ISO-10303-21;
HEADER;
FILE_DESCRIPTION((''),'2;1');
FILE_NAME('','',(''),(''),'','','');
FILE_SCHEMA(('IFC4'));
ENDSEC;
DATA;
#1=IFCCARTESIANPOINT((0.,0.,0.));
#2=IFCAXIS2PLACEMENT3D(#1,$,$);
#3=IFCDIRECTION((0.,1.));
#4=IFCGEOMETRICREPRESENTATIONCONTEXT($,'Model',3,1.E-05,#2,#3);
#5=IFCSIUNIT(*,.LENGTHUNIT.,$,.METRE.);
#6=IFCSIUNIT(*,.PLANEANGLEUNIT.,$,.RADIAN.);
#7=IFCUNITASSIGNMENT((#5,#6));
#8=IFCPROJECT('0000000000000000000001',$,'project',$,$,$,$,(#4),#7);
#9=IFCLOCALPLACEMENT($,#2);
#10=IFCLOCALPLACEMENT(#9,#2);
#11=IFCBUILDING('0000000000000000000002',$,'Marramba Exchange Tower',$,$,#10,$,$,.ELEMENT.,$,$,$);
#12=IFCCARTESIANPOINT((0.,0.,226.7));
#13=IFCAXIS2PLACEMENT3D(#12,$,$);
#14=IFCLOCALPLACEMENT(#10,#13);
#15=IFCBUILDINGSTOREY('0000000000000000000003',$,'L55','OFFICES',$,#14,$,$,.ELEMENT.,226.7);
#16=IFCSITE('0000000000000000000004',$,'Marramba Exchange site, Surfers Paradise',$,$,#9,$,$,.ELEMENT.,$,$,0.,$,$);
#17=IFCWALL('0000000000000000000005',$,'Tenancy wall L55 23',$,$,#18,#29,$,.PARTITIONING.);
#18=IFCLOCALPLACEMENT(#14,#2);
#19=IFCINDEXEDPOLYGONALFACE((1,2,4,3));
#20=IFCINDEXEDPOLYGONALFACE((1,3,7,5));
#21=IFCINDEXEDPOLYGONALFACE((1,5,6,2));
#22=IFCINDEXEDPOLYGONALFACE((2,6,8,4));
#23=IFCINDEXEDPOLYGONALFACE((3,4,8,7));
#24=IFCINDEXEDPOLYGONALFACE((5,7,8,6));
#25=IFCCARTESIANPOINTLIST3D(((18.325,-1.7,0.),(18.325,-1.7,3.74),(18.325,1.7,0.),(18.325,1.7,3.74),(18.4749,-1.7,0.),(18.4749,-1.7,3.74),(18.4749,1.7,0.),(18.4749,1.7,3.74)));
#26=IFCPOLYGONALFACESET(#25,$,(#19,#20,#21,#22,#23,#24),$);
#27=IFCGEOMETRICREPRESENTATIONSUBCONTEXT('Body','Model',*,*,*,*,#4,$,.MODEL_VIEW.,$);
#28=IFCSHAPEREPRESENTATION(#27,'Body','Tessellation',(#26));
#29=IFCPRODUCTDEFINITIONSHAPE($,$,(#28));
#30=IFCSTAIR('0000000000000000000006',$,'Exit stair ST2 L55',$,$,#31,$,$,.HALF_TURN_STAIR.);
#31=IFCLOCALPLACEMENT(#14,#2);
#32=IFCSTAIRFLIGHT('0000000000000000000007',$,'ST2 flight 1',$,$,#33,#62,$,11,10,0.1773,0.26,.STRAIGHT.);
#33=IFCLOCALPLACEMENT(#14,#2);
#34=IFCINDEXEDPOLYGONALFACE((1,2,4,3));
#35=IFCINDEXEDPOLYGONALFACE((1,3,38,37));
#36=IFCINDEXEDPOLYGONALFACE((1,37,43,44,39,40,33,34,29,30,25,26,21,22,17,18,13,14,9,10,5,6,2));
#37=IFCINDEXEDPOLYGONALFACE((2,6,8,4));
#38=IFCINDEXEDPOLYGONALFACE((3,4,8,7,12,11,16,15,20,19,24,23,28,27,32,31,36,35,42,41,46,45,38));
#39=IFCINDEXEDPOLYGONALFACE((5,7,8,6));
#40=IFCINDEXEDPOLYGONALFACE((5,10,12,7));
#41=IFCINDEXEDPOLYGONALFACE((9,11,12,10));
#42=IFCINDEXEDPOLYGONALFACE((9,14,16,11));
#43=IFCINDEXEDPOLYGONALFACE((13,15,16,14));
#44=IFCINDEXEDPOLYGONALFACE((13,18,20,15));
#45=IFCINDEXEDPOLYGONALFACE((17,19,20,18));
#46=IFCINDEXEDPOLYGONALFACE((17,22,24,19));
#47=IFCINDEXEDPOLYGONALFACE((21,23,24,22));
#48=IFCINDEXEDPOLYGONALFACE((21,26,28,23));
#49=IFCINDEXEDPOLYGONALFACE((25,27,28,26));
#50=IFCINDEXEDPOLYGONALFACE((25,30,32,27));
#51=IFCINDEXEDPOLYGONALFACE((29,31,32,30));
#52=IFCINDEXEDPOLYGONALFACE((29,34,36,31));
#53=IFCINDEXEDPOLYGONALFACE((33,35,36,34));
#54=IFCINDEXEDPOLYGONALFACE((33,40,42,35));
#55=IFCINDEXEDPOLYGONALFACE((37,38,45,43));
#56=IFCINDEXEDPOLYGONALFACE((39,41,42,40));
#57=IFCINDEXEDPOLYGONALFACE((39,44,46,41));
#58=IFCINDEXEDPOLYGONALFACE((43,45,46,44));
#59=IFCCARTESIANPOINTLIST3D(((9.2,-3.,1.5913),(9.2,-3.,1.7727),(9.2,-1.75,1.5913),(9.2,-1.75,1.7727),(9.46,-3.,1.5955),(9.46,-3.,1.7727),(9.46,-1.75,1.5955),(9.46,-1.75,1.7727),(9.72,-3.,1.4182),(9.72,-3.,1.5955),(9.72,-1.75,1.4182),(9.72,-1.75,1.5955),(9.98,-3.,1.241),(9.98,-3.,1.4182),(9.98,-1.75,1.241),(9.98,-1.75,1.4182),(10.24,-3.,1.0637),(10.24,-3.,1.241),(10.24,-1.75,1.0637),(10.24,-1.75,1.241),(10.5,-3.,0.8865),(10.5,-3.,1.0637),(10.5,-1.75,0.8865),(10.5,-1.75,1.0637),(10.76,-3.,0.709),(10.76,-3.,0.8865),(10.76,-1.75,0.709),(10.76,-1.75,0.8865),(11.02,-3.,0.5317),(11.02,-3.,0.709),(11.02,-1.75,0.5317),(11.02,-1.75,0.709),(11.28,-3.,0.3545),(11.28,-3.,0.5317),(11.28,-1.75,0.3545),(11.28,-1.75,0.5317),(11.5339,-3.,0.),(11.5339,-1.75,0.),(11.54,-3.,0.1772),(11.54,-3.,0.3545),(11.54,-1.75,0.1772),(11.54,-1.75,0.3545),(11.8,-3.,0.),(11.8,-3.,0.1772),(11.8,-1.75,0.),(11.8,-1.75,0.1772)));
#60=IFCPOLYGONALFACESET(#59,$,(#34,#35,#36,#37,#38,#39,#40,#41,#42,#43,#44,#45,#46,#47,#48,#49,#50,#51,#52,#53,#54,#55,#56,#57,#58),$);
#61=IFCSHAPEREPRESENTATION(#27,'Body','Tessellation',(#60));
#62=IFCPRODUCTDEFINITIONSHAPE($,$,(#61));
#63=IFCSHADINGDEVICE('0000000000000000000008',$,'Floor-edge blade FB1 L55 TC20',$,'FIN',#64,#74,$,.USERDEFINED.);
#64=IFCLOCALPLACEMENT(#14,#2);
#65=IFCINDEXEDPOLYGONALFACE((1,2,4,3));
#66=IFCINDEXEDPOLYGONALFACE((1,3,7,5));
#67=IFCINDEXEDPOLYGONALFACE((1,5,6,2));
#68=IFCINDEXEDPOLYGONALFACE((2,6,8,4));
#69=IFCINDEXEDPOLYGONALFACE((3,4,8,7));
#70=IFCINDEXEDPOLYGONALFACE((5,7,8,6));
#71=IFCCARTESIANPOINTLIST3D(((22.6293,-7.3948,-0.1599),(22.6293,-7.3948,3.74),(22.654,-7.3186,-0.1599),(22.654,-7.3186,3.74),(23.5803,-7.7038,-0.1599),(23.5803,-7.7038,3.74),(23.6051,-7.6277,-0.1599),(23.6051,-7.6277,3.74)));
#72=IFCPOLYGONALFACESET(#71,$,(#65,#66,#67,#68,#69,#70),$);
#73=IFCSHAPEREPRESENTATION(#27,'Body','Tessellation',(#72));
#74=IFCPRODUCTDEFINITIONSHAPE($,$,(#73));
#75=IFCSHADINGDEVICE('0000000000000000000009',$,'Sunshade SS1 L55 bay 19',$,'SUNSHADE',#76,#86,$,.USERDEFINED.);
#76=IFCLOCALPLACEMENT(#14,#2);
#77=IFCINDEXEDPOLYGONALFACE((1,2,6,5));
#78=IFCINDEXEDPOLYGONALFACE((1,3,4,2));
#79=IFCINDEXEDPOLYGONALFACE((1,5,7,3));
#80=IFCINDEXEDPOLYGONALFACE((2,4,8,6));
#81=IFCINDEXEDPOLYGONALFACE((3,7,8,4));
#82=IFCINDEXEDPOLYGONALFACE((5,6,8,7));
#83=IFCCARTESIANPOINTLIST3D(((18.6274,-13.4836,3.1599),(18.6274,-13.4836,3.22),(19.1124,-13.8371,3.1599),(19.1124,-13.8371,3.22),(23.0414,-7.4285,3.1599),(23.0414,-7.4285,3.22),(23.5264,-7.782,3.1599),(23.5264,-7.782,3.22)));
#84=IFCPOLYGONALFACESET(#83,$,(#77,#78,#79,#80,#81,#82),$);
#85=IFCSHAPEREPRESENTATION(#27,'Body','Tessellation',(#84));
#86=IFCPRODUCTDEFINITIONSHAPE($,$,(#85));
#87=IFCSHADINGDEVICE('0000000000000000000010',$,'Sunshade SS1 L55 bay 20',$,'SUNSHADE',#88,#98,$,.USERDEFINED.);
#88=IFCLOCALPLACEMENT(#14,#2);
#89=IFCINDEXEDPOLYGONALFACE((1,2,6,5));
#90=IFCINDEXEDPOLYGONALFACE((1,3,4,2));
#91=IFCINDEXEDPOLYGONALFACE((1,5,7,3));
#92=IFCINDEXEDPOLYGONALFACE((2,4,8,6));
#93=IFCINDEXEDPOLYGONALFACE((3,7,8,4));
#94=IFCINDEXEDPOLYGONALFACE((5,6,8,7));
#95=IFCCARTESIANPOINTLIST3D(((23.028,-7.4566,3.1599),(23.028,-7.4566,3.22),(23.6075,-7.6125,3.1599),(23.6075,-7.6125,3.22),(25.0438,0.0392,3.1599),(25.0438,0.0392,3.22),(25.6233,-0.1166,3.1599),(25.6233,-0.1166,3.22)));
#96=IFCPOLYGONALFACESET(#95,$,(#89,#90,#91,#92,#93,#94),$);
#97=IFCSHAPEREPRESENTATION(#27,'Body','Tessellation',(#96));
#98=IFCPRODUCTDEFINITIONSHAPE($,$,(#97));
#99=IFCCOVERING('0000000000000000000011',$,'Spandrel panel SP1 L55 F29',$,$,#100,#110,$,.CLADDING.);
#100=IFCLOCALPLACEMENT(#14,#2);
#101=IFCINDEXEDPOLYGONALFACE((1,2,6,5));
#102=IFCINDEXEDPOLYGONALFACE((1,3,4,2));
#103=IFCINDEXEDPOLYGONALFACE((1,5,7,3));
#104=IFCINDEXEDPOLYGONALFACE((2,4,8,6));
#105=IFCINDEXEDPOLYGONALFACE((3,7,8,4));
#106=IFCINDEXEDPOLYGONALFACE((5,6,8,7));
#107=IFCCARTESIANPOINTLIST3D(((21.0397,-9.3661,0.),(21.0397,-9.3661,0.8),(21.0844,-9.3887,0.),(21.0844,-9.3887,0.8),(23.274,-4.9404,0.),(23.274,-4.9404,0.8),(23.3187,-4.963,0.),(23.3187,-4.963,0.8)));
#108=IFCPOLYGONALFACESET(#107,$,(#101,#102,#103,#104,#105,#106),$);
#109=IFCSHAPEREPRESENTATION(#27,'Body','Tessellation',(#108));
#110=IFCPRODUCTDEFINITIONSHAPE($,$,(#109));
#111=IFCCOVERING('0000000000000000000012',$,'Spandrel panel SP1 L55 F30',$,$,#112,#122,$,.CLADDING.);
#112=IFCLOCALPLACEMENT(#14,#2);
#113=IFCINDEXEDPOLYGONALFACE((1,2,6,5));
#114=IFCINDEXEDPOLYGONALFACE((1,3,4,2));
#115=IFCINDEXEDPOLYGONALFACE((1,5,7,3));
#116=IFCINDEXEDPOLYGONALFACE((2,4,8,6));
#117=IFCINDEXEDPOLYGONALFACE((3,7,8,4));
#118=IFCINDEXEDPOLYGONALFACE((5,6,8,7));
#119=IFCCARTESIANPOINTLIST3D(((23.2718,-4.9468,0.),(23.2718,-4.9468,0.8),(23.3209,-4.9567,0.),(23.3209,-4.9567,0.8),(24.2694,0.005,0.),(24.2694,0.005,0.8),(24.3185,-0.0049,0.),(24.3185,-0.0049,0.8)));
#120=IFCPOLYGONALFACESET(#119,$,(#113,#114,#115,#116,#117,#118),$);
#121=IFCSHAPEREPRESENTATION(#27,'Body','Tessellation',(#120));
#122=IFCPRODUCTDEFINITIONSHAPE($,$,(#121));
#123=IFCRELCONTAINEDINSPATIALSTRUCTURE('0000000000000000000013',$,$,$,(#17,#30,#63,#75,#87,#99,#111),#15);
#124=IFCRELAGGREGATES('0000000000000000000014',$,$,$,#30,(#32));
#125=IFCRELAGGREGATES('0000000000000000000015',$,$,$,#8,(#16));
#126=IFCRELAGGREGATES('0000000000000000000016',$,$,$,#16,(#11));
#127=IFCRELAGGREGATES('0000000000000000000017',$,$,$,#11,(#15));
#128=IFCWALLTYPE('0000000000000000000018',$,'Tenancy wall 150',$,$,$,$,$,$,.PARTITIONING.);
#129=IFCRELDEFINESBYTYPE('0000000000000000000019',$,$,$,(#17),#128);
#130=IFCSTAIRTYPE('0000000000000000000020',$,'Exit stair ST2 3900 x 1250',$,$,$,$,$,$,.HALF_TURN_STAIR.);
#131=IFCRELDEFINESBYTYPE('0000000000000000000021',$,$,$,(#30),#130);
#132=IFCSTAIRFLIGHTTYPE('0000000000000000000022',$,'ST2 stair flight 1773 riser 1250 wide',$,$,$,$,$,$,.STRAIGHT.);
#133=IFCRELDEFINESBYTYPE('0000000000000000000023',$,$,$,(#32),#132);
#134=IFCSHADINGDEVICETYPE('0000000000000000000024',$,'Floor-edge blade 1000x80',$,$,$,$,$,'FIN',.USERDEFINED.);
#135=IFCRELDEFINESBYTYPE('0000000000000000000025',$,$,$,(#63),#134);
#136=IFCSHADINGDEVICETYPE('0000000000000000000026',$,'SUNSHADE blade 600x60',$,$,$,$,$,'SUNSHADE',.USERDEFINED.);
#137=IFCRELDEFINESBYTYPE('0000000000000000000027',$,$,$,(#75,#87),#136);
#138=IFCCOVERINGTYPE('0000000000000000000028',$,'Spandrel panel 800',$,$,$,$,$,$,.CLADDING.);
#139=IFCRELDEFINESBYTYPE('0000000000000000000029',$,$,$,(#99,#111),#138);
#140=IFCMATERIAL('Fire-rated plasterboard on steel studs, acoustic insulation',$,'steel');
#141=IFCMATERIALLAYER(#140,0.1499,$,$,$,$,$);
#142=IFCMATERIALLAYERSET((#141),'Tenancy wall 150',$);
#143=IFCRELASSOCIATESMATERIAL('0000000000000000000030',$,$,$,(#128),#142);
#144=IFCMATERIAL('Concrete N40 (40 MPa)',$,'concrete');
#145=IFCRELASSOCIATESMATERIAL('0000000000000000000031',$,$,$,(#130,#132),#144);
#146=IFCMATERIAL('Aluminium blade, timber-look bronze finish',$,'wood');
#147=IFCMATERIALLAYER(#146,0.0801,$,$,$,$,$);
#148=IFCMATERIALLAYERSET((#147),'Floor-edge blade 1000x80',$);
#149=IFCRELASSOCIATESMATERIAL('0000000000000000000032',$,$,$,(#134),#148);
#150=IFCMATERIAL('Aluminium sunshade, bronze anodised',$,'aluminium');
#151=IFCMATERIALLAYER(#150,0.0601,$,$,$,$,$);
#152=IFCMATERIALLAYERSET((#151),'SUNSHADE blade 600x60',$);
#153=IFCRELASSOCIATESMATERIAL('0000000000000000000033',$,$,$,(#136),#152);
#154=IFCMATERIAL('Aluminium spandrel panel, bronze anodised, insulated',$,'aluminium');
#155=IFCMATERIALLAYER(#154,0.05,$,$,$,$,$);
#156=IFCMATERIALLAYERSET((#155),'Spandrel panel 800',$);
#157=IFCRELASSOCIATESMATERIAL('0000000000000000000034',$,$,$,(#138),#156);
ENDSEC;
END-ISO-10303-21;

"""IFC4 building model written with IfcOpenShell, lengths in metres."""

from ifc_helpers import new_model, si_unit, direction, frame, frame_2d, origin, origin_2d, place, context, subcontext, project, spatial, polyline, rectangle, outline, extrude, material, layer, layer_set, type_object, element, aggregate, save


model = new_model("IFC4")

# Units and contexts
model_context = context("Model", 3, precision=1e-05, world=origin(), true_north=direction((0.0, 1.0)))
body_context = subcontext(model_context, "Body", "Model", "MODEL_VIEW")
ifc_project = project(units=[si_unit("LENGTHUNIT", "METRE"), si_unit("PLANEANGLEUNIT", "RADIAN")], contexts=[model_context])

# Site, building, storey
site_placement = place(None, origin())
site = spatial("IfcSite", under=ifc_project, at=site_placement, Name="Marramba Exchange site, Surfers Paradise", CompositionType="ELEMENT", RefElevation=0.0)
building_placement = place(site_placement, origin())
building = spatial("IfcBuilding", under=site, at=building_placement, Name="Marramba Exchange Tower", CompositionType="ELEMENT")
storey_placement = place(building_placement, frame((0.0, 0.0, 226.7)))
storey = spatial("IfcBuildingStorey", under=building, at=storey_placement, Name="L55", Description="OFFICES", CompositionType="ELEMENT", Elevation=226.7)

# Wall
ifc_material_1 = material(Name="Fire-rated plasterboard on steel studs, acoustic insulation", Category="steel")
ifc_layer_1 = layer(ifc_material_1, 0.1499)
ifc_layer_set_1 = layer_set([ifc_layer_1], Name="Tenancy wall 150")
wall_type_1 = type_object("IfcWallType", Name="Tenancy wall 150", PredefinedType="PARTITIONING", material=ifc_layer_set_1)
wall_1_placement = place(storey_placement, frame((18.3999, -1.7, 0.0), z_axis=(0.0, 0.0, 1.0), x_axis=(0.0, 1.0, 0.0)))
element("IfcWall", 1, at=wall_1_placement, inside=storey, type_object=wall_type_1, Name="Tenancy wall L55 23", PredefinedType="PARTITIONING", context=body_context, shape_type="SweptSolid", body=[
    extrude(rectangle(XDim=3.3999, YDim=0.1499, at=frame_2d((1.7, 0.0))), origin(), (0.0, 0.0, 1.0), 3.74),
])

# Stair, stair flight
ifc_material_2 = material(Name="Concrete N40 (40 MPa)", Category="concrete")
stair_type = type_object("IfcStairType", Name="Exit stair ST2 3900 x 1250", PredefinedType="HALF_TURN_STAIR", material=ifc_material_2)
stair_placement = place(storey_placement, origin())
stair = element("IfcStair", 2, at=stair_placement, inside=storey, type_object=stair_type, Name="Exit stair ST2 L55", PredefinedType="HALF_TURN_STAIR")
stair_flight_type = type_object("IfcStairFlightType", Name="ST2 stair flight 1773 riser 1250 wide", PredefinedType="STRAIGHT", material=ifc_material_2)
stair_flight_placement = place(storey_placement, frame((11.8, -2.375, 0.0), z_axis=(0.0, 0.0, 1.0), x_axis=(-1.0, 0.0, 0.0)))
stair_flight = element("IfcStairFlight", 3, at=stair_flight_placement, type_object=stair_flight_type, Name="ST2 flight 1", NumberOfRisers=11, NumberOfTreads=10, PredefinedType="STRAIGHT", RiserHeight=0.1773, TreadLength=0.26, context=body_context, shape_type="SweptSolid", body=[
    extrude(outline(polyline([(0.0, 0.0), (0.0, 0.1772), (0.26, 0.1772), (0.26, 0.3545), (0.52, 0.3545), (0.52, 0.5317), (0.78, 0.5317), (0.78, 0.709), (1.04, 0.709), (1.04, 0.8865), (1.3, 0.8865), (1.3, 1.0637), (1.5601, 1.0637), (1.5601, 1.241), (1.8201, 1.241), (1.8201, 1.4182), (2.0801, 1.4182), (2.0801, 1.5955), (2.3401, 1.5955), (2.3401, 1.7727), (2.6001, 1.7727), (2.6001, 1.95), (2.6001, 1.5913), (0.2661, 0.0), (0.0, 0.0)])), frame((0.0, 0.625, 0.0), z_axis=(0.0, -1.0, 0.0), x_axis=(1.0, 0.0, 0.0)), (0.0, 0.0, 1.0), 1.25),
])
aggregate(stair, [stair_flight])

# Shading devices
ifc_material_3 = material(Name="Aluminium blade, timber-look bronze finish", Category="wood")
ifc_layer_2 = layer(ifc_material_3, 0.0801)
ifc_layer_set_2 = layer_set([ifc_layer_2], Name="Floor-edge blade 1000x80")
shading_device_type_1 = type_object("IfcShadingDeviceType", Name="Floor-edge blade 1000x80", ElementType="FIN", PredefinedType="USERDEFINED", material=ifc_layer_set_2)
shading_device_1_placement = place(storey_placement, frame((23.1172, -7.5112, -0.1599), z_axis=(0.0, 0.0, 1.0), x_axis=(0.951057, -0.309017, 0.0)))
element("IfcShadingDevice", 4, at=shading_device_1_placement, inside=storey, type_object=shading_device_type_1, Name="Floor-edge blade FB1 L55 TC20", ObjectType="FIN", PredefinedType="USERDEFINED", context=body_context, shape_type="SweptSolid", body=[
    extrude(rectangle(XDim=1.0, YDim=0.0801, at=origin_2d()), origin(), (0.0, 0.0, 1.0), 3.8999),
])
ifc_material_4 = material(Name="Aluminium sunshade, bronze anodised", Category="aluminium")
ifc_layer_3 = layer(ifc_material_4, 0.0601)
ifc_layer_set_3 = layer_set([ifc_layer_3], Name="SUNSHADE blade 600x60")
shading_device_type_2 = type_object("IfcShadingDeviceType", Name="SUNSHADE blade 600x60", ElementType="SUNSHADE", PredefinedType="USERDEFINED", material=ifc_layer_set_3)
shading_device_2_placement = place(storey_placement, frame((21.0769, -10.6328, 3.1599), z_axis=(0.0, 0.0, 1.0), x_axis=(0.589072, 0.808081, 0.0)))
element("IfcShadingDevice", 5, at=shading_device_2_placement, inside=storey, type_object=shading_device_type_2, Name="Sunshade SS1 L55 bay 19", ObjectType="SUNSHADE", PredefinedType="USERDEFINED", context=body_context, shape_type="SweptSolid", body=[
    extrude(rectangle(XDim=7.4932, YDim=0.6001, at=origin_2d()), origin(), (0.0, 0.0, 1.0), 0.0601),
])
shading_device_3_placement = place(storey_placement, frame((24.3257, -3.7866, 3.1599), z_axis=(0.0, 0.0, 1.0), x_axis=(0.259692, 0.965691, 0.0)))
element("IfcShadingDevice", 6, at=shading_device_3_placement, inside=storey, type_object=shading_device_type_2, Name="Sunshade SS1 L55 bay 20", ObjectType="SUNSHADE", PredefinedType="USERDEFINED", context=body_context, shape_type="SweptSolid", body=[
    extrude(rectangle(XDim=7.7622, YDim=0.6001, at=origin_2d()), origin(), (0.0, 0.0, 1.0), 0.0601),
])

# Coverings
ifc_material_5 = material(Name="Aluminium spandrel panel, bronze anodised, insulated", Category="aluminium")
ifc_layer_4 = layer(ifc_material_5, 0.05)
ifc_layer_set_4 = layer_set([ifc_layer_4], Name="Spandrel panel 800")
covering_type = type_object("IfcCoveringType", Name="Spandrel panel 800", PredefinedType="CLADDING", material=ifc_layer_set_4)
covering_1_placement = place(storey_placement, frame((22.1792, -7.1646, 0.0), z_axis=(0.0, 0.0, 1.0), x_axis=(0.450673, 0.892689, 0.0)))
element("IfcCovering", 7, at=covering_1_placement, inside=storey, type_object=covering_type, Name="Spandrel panel SP1 L55 F29", PredefinedType="CLADDING", context=body_context, shape_type="SweptSolid", body=[
    extrude(rectangle(XDim=4.9578, YDim=0.05, at=origin_2d()), origin(), (0.0, 0.0, 1.0), 0.8),
])
covering_2_placement = place(storey_placement, frame((23.7952, -2.4758, 0.0), z_axis=(0.0, 0.0, 1.0), x_axis=(0.197495, 0.980304, 0.0)))
element("IfcCovering", 8, at=covering_2_placement, inside=storey, type_object=covering_type, Name="Spandrel panel SP1 L55 F30", PredefinedType="CLADDING", context=body_context, shape_type="SweptSolid", body=[
    extrude(rectangle(XDim=5.0513, YDim=0.05, at=origin_2d()), origin(), (0.0, 0.0, 1.0), 0.8),
])

save(model, "model.ifc")
